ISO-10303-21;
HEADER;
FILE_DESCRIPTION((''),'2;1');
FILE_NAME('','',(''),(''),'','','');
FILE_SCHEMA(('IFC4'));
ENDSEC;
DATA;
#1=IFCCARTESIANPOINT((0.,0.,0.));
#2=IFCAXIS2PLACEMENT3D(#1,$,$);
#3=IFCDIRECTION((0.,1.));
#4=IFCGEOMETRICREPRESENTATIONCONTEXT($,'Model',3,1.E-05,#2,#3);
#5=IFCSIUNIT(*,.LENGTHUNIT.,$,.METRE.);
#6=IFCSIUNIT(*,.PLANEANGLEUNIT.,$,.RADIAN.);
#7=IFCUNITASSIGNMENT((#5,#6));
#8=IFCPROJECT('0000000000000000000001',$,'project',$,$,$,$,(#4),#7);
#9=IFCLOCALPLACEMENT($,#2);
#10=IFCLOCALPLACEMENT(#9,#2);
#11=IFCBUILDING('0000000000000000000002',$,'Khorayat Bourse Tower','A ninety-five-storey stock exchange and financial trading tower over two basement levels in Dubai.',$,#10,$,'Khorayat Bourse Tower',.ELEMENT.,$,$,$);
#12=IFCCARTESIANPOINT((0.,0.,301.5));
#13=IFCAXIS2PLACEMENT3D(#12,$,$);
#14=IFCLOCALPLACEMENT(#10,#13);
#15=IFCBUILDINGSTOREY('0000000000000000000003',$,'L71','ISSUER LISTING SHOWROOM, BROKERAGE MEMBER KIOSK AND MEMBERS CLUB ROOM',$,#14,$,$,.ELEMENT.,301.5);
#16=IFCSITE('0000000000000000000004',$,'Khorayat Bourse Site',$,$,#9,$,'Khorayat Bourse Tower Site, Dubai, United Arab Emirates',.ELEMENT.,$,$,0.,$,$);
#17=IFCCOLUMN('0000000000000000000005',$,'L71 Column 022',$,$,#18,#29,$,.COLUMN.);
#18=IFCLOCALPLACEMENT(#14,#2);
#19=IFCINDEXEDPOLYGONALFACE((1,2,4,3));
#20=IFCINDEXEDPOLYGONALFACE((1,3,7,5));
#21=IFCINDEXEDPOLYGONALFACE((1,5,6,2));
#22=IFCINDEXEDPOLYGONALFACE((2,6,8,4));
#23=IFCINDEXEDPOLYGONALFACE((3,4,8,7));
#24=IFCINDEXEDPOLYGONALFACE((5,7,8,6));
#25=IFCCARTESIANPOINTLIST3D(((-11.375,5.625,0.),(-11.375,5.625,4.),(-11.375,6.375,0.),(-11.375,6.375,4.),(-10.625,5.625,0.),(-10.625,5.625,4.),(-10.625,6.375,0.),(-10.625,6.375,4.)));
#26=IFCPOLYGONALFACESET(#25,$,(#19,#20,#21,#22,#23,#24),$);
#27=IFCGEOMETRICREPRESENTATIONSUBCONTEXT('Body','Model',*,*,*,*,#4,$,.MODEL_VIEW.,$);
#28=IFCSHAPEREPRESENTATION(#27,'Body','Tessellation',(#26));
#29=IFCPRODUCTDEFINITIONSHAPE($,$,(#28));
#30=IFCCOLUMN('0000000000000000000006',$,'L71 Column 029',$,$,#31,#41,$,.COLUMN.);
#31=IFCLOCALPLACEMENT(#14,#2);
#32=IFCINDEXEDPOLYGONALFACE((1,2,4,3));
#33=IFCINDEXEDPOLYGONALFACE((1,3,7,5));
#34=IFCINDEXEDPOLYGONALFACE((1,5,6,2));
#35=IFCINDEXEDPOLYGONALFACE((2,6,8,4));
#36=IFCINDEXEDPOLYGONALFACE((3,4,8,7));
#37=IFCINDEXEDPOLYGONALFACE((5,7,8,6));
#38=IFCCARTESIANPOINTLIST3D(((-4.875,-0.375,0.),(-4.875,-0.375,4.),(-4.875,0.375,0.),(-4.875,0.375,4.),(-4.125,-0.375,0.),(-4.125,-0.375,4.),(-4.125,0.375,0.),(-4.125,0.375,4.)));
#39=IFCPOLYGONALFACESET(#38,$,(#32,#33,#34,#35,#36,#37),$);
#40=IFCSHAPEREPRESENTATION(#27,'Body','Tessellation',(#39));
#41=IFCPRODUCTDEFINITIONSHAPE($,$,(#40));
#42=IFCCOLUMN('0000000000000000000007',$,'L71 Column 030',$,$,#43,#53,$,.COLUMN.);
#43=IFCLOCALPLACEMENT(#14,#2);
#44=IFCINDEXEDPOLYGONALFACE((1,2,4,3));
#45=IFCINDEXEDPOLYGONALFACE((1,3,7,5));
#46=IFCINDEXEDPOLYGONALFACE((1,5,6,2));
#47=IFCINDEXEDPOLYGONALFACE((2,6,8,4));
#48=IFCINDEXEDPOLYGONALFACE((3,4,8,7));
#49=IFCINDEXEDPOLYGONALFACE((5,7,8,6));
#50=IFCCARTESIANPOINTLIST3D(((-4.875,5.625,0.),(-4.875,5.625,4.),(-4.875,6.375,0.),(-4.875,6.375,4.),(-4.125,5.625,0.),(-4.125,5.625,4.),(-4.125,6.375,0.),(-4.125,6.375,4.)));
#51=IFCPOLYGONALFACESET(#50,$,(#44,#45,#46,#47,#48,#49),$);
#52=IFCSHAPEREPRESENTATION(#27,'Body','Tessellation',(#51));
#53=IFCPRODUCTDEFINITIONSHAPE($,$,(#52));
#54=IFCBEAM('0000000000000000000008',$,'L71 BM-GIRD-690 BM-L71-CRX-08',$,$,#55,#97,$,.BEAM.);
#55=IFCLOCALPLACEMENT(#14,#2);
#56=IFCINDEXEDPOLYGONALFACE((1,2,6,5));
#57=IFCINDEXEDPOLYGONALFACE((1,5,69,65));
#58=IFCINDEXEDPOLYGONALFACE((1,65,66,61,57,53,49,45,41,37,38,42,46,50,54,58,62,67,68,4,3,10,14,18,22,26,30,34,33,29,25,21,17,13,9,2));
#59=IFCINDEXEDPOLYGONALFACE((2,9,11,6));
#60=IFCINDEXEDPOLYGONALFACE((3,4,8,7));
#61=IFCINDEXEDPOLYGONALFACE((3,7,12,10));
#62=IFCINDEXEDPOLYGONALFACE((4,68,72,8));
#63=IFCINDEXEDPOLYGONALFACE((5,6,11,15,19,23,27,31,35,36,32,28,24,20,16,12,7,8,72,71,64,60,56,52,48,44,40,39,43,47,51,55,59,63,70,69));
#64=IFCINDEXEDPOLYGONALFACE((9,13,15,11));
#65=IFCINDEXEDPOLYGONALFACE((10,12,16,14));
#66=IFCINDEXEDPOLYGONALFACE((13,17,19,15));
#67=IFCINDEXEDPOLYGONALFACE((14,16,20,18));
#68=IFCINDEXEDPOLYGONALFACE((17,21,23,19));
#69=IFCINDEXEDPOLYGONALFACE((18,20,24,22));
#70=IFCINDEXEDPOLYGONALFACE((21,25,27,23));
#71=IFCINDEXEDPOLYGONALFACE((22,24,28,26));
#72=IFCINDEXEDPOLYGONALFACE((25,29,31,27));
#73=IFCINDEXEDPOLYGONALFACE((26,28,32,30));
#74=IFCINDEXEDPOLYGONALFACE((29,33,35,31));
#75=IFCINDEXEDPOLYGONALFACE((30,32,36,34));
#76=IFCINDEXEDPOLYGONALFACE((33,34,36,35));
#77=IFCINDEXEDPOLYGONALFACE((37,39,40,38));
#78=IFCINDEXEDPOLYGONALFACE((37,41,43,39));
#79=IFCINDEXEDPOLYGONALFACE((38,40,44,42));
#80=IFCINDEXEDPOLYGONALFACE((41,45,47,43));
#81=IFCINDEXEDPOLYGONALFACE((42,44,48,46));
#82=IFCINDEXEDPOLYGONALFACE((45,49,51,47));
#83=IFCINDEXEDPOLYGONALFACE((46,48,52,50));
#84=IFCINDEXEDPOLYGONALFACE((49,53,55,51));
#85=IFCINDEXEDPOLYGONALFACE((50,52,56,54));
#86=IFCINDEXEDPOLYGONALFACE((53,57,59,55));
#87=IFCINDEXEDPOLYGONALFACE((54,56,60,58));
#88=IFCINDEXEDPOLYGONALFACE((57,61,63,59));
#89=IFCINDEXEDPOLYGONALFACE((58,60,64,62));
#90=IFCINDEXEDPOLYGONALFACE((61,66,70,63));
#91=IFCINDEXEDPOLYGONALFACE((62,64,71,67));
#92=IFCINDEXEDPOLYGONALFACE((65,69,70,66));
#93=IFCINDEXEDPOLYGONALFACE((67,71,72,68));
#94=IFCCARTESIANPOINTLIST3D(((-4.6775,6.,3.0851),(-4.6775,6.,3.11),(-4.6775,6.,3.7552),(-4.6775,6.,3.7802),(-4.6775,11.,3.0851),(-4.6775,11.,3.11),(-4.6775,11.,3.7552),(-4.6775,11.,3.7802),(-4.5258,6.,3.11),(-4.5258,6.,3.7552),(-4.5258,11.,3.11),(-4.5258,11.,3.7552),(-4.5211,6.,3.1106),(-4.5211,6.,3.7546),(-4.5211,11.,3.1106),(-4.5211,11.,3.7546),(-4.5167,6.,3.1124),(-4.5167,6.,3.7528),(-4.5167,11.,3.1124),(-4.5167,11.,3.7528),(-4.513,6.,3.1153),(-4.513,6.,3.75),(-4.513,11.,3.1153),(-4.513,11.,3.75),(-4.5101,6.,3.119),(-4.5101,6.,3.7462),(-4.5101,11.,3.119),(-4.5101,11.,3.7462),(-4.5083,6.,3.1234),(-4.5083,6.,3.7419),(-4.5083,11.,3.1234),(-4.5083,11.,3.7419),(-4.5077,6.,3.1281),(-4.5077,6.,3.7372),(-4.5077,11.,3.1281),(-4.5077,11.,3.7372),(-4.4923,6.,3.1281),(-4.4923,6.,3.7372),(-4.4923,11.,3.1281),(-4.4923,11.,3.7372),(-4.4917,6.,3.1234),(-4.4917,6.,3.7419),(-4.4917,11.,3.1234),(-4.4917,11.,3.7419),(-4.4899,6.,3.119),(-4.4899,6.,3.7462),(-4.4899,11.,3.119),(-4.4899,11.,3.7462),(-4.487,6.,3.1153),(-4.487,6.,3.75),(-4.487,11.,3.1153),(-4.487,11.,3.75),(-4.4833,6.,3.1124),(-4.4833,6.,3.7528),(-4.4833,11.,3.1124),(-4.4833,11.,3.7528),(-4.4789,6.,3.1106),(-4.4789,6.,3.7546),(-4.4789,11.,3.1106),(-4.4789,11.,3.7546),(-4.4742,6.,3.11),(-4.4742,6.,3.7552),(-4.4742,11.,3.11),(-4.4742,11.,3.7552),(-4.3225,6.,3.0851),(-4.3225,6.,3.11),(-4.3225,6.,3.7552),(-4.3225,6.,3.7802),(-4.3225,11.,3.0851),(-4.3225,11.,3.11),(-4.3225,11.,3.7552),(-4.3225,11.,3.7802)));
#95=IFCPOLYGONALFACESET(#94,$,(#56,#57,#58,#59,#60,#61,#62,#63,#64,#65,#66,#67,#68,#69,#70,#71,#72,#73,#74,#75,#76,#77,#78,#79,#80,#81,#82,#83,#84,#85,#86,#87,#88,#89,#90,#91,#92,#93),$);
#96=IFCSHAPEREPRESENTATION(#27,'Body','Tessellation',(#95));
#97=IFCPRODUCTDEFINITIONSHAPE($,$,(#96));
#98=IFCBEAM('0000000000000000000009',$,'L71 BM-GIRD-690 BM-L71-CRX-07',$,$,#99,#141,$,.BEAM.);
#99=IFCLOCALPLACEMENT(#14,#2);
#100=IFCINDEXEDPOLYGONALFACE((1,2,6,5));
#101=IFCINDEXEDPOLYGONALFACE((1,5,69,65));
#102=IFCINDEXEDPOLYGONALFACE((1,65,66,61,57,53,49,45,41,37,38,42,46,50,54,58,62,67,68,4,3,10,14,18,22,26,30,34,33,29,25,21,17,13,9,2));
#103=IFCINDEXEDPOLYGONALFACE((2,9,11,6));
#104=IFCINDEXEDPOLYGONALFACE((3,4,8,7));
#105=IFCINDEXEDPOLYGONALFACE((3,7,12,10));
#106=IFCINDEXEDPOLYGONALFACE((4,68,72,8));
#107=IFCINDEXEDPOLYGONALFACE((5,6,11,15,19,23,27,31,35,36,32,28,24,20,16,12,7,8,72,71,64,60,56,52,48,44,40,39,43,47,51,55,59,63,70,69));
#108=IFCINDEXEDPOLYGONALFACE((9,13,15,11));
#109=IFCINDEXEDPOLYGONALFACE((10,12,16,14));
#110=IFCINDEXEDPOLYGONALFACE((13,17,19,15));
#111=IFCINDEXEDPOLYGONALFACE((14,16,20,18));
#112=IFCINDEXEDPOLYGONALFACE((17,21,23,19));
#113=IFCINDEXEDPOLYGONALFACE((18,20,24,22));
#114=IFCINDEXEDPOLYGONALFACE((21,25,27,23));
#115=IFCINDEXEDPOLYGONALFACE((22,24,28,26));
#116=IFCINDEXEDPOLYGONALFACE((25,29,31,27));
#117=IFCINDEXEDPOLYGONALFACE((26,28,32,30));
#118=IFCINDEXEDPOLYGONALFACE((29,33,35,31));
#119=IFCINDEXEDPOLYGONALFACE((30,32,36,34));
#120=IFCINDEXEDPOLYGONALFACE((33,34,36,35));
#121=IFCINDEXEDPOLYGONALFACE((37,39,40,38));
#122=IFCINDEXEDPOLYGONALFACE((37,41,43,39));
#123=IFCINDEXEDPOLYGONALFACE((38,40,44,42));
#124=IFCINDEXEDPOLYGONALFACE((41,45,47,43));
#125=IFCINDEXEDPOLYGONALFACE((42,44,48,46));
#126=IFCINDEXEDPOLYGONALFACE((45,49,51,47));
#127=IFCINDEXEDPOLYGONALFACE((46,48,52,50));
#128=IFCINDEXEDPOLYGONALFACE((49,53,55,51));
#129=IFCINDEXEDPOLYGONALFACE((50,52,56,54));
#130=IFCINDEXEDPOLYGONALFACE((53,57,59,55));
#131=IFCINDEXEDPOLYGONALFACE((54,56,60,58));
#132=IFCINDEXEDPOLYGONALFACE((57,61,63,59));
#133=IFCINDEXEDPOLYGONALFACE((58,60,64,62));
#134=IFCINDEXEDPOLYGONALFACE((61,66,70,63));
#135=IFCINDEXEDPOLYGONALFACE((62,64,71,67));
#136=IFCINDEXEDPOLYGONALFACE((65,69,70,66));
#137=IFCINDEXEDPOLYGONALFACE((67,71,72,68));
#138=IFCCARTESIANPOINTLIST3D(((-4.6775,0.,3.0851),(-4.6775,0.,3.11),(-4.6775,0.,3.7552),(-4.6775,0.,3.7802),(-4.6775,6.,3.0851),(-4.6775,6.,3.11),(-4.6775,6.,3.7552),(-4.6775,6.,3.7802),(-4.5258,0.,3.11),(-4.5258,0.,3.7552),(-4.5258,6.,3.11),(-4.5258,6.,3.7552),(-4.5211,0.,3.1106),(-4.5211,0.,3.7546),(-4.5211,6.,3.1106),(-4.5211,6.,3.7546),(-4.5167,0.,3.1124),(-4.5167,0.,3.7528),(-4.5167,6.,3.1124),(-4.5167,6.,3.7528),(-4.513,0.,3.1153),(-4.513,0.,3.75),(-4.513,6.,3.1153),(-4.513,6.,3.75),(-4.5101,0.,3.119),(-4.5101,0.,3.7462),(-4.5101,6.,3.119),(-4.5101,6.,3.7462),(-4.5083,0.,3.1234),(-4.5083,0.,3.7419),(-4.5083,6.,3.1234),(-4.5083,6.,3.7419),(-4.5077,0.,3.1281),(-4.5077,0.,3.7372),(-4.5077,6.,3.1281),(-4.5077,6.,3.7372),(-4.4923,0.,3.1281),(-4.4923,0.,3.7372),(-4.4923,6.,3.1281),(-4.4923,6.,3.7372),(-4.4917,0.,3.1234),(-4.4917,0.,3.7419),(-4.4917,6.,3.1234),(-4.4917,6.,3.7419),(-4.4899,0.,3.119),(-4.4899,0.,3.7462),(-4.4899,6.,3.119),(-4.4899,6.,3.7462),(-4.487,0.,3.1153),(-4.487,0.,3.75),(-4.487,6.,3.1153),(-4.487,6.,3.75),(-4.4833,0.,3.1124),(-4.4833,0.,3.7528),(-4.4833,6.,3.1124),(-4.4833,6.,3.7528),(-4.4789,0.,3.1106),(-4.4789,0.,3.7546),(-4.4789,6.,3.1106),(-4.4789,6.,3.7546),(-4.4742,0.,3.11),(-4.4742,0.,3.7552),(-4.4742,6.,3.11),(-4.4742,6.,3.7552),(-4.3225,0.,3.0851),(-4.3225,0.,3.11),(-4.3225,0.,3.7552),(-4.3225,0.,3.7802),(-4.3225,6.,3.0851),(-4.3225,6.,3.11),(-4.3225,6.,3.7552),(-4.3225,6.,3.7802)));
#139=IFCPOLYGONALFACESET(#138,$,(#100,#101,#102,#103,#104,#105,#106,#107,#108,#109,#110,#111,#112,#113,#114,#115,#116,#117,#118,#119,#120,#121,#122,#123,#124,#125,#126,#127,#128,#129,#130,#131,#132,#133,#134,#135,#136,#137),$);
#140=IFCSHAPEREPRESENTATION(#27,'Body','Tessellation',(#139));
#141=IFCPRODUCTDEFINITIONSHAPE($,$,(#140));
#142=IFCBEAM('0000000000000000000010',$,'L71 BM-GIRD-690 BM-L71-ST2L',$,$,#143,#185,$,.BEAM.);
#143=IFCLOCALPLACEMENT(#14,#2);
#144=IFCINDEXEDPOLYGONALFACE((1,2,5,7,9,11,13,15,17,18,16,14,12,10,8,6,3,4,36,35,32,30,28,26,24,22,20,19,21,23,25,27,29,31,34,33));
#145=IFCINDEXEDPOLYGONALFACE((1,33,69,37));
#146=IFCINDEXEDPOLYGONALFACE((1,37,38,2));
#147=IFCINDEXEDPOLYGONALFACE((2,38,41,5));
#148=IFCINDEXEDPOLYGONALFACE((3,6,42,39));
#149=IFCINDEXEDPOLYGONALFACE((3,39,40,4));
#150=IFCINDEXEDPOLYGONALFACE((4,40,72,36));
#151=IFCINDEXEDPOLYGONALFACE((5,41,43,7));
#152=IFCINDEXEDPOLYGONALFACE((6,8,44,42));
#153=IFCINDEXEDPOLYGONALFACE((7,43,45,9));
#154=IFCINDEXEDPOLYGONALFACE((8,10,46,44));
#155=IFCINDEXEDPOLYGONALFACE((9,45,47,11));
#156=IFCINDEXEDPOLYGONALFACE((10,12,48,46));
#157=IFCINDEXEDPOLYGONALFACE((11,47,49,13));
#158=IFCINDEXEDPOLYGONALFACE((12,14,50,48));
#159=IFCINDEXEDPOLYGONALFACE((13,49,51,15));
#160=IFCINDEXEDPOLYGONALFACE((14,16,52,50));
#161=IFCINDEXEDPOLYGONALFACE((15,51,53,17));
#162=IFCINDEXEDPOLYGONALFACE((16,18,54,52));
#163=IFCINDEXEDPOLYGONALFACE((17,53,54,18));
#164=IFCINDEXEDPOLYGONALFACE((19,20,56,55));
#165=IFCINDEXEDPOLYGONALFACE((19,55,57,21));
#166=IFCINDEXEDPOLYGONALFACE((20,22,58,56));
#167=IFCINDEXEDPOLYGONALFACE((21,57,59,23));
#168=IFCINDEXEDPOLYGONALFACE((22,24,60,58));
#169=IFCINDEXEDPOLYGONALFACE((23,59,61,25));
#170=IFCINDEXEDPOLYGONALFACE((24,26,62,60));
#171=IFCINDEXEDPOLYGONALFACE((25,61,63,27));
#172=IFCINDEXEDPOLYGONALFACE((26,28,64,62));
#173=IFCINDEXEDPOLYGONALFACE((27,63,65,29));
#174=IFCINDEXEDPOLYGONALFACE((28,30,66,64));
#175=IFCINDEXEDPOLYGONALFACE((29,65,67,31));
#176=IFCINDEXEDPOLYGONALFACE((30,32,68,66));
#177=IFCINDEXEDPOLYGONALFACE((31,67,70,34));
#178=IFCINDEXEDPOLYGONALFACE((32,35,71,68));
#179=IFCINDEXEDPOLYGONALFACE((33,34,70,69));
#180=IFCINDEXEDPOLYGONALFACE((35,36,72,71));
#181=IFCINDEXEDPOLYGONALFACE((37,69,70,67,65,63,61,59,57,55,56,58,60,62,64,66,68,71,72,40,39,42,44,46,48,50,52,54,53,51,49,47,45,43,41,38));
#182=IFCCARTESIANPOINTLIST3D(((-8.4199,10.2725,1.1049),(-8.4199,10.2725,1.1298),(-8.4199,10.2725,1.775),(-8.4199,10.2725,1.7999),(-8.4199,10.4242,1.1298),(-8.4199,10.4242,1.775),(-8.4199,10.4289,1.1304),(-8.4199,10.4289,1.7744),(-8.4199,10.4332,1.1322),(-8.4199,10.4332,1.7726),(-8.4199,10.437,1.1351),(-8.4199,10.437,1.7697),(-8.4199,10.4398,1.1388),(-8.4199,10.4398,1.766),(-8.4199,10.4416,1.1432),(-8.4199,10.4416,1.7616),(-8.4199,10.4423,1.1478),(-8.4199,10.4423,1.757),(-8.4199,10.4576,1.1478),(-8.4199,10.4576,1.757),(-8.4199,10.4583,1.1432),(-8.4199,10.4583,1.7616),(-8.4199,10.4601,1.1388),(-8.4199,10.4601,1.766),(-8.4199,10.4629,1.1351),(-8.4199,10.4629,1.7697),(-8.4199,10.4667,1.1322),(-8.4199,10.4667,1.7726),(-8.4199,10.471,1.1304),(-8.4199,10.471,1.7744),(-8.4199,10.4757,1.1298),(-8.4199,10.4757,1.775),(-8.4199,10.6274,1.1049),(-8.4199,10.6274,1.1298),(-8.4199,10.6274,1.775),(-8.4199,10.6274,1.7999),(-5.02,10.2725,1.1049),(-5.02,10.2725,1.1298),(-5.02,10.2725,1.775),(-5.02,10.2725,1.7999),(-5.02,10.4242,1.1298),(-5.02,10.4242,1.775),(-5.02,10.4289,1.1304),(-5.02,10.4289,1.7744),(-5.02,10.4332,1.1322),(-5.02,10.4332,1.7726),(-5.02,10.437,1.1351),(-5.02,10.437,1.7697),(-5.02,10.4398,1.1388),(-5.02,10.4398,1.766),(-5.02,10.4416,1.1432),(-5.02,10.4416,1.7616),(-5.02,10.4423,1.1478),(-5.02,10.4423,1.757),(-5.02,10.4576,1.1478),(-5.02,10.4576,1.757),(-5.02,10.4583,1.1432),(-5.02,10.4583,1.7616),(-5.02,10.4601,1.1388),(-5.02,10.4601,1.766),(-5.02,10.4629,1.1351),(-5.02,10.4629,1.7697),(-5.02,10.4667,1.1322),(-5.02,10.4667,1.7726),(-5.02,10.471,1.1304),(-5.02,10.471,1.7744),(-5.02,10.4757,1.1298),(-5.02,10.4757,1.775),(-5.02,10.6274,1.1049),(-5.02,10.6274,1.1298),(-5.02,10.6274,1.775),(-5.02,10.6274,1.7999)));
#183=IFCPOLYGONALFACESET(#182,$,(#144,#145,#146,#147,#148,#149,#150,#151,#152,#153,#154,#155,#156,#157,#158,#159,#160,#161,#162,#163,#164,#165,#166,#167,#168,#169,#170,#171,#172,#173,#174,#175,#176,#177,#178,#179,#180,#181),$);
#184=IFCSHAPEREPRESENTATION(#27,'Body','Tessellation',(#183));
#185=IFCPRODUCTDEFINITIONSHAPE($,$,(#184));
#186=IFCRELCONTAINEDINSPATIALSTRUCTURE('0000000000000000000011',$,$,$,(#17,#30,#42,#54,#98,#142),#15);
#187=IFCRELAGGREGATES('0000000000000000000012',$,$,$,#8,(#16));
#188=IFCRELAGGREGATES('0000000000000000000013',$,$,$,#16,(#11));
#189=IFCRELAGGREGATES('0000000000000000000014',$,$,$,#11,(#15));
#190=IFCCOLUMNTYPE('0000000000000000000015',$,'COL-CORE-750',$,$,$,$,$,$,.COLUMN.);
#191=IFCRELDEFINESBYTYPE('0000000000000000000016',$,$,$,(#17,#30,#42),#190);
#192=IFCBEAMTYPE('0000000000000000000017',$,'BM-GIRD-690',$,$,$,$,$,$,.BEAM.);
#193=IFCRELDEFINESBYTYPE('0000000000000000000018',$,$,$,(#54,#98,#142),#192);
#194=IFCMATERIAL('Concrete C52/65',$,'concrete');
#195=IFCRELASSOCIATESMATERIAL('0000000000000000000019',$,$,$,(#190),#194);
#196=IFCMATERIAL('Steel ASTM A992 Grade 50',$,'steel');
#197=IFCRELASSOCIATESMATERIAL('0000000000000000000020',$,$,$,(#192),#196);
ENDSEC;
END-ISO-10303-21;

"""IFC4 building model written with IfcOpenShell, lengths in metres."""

from ifc_helpers import new_model, si_unit, direction, frame, origin, origin_2d, place, context, subcontext, project, spatial, rectangle, i_section, extrude, source, transform, mapped, material, material_profile, profile_set, type_object, element, save


model = new_model("IFC4")

# Units and contexts
model_context = context("Model", 3, precision=1e-05, world=origin(), true_north=direction((0.0, 1.0)))
body_context = subcontext(model_context, "Body", "Model", "MODEL_VIEW")
ifc_project = project(units=[si_unit("LENGTHUNIT", "METRE"), si_unit("PLANEANGLEUNIT", "RADIAN")], contexts=[model_context])

# Site, building, storey
site_placement = place(None, origin())
site = spatial("IfcSite", under=ifc_project, at=site_placement, Name="Khorayat Bourse Site", LongName="Khorayat Bourse Tower Site, Dubai, United Arab Emirates", CompositionType="ELEMENT", RefElevation=0.0)
building_placement = place(site_placement, origin())
building = spatial("IfcBuilding", under=site, at=building_placement, Name="Khorayat Bourse Tower", Description="A ninety-five-storey stock exchange and financial trading tower over two basement levels in Dubai.", LongName="Khorayat Bourse Tower", CompositionType="ELEMENT")
storey_placement = place(building_placement, frame((0.0, 0.0, 301.5)))
storey = spatial("IfcBuildingStorey", under=building, at=storey_placement, Name="L71", Description="ISSUER LISTING SHOWROOM, BROKERAGE MEMBER KIOSK AND MEMBERS CLUB ROOM", CompositionType="ELEMENT", Elevation=301.5)

# Columns
ifc_material_1 = material(Name="Concrete C52/65", Category="concrete")
ifc_material_profile_1 = material_profile(ifc_material_1, rectangle(XDim=0.75, YDim=0.75, at=origin_2d()), Name="RC 750x750")
ifc_profile_set_1 = profile_set([ifc_material_profile_1], Name="Concrete C52/65")
column_type = type_object("IfcColumnType", Name="COL-CORE-750", PredefinedType="COLUMN", material=ifc_profile_set_1)
shared_shape_1 = source(origin(), body_context, "Body", "SweptSolid", [
    extrude(rectangle(XDim=0.75, YDim=0.75, at=origin_2d()), origin(), (0.0, 0.0, 1.0), 4.0),
])
for number, where, z_axis, x_axis, name in (
    (1, (-11.0, 6.0, 0.0), (0.0, 0.0, 1.0), (1.0, 0.0, 0.0), "L71 Column 022"),
    (2, (-4.5, 0.0, 0.0), (0.0, 0.0, 1.0), (1.0, 0.0, 0.0), "L71 Column 029"),
    (3, (-4.5, 6.0, 0.0), (0.0, 0.0, 1.0), (1.0, 0.0, 0.0), "L71 Column 030"),
):
    element("IfcColumn", number, at=place(storey_placement, frame(where, z_axis=z_axis, x_axis=x_axis)), inside=storey, type_object=column_type, Name=name, PredefinedType="COLUMN", context=body_context, shape_type="MappedRepresentation", body=[
        mapped(shared_shape_1, transform((0.0, 0.0, 0.0), scale=1.0)),
    ])

# Beams
ifc_material_2 = material(Name="Steel ASTM A992 Grade 50", Category="steel")
ifc_material_profile_2 = material_profile(ifc_material_2, i_section(OverallWidth=0.355, OverallDepth=0.6951, WebThickness=0.0154, FlangeThickness=0.0249, FilletRadius=0.0181, at=origin_2d()), Name="W690X217")
ifc_profile_set_2 = profile_set([ifc_material_profile_2], Name="Steel ASTM A992 Grade 50")
beam_type_1 = type_object("IfcBeamType", Name="BM-GIRD-690", PredefinedType="BEAM", material=ifc_profile_set_2)
shared_shape_2 = source(origin(), body_context, "Body", "SweptSolid", [
    extrude(i_section(OverallWidth=0.355, OverallDepth=0.6951, WebThickness=0.0154, FlangeThickness=0.0249, FilletRadius=0.0181, at=origin_2d()), origin(), (0.0, 0.0, 1.0), 5.0),
])
beam_1_placement = place(storey_placement, frame((-4.5, 6.0, 3.4326), z_axis=(0.0, 1.0, 0.0), x_axis=(-1.0, 0.0, 0.0)))
element("IfcBeam", 4, at=beam_1_placement, inside=storey, type_object=beam_type_1, Name="L71 BM-GIRD-690 BM-L71-CRX-08", PredefinedType="BEAM", context=body_context, shape_type="MappedRepresentation", body=[
    mapped(shared_shape_2, transform((0.0, 0.0, 0.0), scale=1.0)),
])
shared_shape_3 = source(origin(), body_context, "Body", "SweptSolid", [
    extrude(i_section(OverallWidth=0.355, OverallDepth=0.6951, WebThickness=0.0154, FlangeThickness=0.0249, FilletRadius=0.0181, at=origin_2d()), origin(), (0.0, 0.0, 1.0), 6.0),
])
beam_2_placement = place(storey_placement, frame((-4.5, 0.0, 3.4326), z_axis=(0.0, 1.0, 0.0), x_axis=(-1.0, 0.0, 0.0)))
element("IfcBeam", 5, at=beam_2_placement, inside=storey, type_object=beam_type_1, Name="L71 BM-GIRD-690 BM-L71-CRX-07", PredefinedType="BEAM", context=body_context, shape_type="MappedRepresentation", body=[
    mapped(shared_shape_3, transform((0.0, 0.0, 0.0), scale=1.0)),
])
shared_shape_4 = source(origin(), body_context, "Body", "SweptSolid", [
    extrude(i_section(OverallWidth=0.355, OverallDepth=0.6951, WebThickness=0.0154, FlangeThickness=0.0249, FilletRadius=0.0181, at=origin_2d()), origin(), (0.0, 0.0, 1.0), 3.3999),
])
beam_3_placement = place(storey_placement, frame((-8.4199, 10.45, 1.4524), z_axis=(1.0, 0.0, 0.0), x_axis=(0.0, 1.0, 0.0)))
element("IfcBeam", 6, at=beam_3_placement, inside=storey, type_object=beam_type_1, Name="L71 BM-GIRD-690 BM-L71-ST2L", PredefinedType="BEAM", context=body_context, shape_type="MappedRepresentation", body=[
    mapped(shared_shape_4, transform((0.0, 0.0, 0.0), scale=1.0)),
])

save(model, "model.ifc")
